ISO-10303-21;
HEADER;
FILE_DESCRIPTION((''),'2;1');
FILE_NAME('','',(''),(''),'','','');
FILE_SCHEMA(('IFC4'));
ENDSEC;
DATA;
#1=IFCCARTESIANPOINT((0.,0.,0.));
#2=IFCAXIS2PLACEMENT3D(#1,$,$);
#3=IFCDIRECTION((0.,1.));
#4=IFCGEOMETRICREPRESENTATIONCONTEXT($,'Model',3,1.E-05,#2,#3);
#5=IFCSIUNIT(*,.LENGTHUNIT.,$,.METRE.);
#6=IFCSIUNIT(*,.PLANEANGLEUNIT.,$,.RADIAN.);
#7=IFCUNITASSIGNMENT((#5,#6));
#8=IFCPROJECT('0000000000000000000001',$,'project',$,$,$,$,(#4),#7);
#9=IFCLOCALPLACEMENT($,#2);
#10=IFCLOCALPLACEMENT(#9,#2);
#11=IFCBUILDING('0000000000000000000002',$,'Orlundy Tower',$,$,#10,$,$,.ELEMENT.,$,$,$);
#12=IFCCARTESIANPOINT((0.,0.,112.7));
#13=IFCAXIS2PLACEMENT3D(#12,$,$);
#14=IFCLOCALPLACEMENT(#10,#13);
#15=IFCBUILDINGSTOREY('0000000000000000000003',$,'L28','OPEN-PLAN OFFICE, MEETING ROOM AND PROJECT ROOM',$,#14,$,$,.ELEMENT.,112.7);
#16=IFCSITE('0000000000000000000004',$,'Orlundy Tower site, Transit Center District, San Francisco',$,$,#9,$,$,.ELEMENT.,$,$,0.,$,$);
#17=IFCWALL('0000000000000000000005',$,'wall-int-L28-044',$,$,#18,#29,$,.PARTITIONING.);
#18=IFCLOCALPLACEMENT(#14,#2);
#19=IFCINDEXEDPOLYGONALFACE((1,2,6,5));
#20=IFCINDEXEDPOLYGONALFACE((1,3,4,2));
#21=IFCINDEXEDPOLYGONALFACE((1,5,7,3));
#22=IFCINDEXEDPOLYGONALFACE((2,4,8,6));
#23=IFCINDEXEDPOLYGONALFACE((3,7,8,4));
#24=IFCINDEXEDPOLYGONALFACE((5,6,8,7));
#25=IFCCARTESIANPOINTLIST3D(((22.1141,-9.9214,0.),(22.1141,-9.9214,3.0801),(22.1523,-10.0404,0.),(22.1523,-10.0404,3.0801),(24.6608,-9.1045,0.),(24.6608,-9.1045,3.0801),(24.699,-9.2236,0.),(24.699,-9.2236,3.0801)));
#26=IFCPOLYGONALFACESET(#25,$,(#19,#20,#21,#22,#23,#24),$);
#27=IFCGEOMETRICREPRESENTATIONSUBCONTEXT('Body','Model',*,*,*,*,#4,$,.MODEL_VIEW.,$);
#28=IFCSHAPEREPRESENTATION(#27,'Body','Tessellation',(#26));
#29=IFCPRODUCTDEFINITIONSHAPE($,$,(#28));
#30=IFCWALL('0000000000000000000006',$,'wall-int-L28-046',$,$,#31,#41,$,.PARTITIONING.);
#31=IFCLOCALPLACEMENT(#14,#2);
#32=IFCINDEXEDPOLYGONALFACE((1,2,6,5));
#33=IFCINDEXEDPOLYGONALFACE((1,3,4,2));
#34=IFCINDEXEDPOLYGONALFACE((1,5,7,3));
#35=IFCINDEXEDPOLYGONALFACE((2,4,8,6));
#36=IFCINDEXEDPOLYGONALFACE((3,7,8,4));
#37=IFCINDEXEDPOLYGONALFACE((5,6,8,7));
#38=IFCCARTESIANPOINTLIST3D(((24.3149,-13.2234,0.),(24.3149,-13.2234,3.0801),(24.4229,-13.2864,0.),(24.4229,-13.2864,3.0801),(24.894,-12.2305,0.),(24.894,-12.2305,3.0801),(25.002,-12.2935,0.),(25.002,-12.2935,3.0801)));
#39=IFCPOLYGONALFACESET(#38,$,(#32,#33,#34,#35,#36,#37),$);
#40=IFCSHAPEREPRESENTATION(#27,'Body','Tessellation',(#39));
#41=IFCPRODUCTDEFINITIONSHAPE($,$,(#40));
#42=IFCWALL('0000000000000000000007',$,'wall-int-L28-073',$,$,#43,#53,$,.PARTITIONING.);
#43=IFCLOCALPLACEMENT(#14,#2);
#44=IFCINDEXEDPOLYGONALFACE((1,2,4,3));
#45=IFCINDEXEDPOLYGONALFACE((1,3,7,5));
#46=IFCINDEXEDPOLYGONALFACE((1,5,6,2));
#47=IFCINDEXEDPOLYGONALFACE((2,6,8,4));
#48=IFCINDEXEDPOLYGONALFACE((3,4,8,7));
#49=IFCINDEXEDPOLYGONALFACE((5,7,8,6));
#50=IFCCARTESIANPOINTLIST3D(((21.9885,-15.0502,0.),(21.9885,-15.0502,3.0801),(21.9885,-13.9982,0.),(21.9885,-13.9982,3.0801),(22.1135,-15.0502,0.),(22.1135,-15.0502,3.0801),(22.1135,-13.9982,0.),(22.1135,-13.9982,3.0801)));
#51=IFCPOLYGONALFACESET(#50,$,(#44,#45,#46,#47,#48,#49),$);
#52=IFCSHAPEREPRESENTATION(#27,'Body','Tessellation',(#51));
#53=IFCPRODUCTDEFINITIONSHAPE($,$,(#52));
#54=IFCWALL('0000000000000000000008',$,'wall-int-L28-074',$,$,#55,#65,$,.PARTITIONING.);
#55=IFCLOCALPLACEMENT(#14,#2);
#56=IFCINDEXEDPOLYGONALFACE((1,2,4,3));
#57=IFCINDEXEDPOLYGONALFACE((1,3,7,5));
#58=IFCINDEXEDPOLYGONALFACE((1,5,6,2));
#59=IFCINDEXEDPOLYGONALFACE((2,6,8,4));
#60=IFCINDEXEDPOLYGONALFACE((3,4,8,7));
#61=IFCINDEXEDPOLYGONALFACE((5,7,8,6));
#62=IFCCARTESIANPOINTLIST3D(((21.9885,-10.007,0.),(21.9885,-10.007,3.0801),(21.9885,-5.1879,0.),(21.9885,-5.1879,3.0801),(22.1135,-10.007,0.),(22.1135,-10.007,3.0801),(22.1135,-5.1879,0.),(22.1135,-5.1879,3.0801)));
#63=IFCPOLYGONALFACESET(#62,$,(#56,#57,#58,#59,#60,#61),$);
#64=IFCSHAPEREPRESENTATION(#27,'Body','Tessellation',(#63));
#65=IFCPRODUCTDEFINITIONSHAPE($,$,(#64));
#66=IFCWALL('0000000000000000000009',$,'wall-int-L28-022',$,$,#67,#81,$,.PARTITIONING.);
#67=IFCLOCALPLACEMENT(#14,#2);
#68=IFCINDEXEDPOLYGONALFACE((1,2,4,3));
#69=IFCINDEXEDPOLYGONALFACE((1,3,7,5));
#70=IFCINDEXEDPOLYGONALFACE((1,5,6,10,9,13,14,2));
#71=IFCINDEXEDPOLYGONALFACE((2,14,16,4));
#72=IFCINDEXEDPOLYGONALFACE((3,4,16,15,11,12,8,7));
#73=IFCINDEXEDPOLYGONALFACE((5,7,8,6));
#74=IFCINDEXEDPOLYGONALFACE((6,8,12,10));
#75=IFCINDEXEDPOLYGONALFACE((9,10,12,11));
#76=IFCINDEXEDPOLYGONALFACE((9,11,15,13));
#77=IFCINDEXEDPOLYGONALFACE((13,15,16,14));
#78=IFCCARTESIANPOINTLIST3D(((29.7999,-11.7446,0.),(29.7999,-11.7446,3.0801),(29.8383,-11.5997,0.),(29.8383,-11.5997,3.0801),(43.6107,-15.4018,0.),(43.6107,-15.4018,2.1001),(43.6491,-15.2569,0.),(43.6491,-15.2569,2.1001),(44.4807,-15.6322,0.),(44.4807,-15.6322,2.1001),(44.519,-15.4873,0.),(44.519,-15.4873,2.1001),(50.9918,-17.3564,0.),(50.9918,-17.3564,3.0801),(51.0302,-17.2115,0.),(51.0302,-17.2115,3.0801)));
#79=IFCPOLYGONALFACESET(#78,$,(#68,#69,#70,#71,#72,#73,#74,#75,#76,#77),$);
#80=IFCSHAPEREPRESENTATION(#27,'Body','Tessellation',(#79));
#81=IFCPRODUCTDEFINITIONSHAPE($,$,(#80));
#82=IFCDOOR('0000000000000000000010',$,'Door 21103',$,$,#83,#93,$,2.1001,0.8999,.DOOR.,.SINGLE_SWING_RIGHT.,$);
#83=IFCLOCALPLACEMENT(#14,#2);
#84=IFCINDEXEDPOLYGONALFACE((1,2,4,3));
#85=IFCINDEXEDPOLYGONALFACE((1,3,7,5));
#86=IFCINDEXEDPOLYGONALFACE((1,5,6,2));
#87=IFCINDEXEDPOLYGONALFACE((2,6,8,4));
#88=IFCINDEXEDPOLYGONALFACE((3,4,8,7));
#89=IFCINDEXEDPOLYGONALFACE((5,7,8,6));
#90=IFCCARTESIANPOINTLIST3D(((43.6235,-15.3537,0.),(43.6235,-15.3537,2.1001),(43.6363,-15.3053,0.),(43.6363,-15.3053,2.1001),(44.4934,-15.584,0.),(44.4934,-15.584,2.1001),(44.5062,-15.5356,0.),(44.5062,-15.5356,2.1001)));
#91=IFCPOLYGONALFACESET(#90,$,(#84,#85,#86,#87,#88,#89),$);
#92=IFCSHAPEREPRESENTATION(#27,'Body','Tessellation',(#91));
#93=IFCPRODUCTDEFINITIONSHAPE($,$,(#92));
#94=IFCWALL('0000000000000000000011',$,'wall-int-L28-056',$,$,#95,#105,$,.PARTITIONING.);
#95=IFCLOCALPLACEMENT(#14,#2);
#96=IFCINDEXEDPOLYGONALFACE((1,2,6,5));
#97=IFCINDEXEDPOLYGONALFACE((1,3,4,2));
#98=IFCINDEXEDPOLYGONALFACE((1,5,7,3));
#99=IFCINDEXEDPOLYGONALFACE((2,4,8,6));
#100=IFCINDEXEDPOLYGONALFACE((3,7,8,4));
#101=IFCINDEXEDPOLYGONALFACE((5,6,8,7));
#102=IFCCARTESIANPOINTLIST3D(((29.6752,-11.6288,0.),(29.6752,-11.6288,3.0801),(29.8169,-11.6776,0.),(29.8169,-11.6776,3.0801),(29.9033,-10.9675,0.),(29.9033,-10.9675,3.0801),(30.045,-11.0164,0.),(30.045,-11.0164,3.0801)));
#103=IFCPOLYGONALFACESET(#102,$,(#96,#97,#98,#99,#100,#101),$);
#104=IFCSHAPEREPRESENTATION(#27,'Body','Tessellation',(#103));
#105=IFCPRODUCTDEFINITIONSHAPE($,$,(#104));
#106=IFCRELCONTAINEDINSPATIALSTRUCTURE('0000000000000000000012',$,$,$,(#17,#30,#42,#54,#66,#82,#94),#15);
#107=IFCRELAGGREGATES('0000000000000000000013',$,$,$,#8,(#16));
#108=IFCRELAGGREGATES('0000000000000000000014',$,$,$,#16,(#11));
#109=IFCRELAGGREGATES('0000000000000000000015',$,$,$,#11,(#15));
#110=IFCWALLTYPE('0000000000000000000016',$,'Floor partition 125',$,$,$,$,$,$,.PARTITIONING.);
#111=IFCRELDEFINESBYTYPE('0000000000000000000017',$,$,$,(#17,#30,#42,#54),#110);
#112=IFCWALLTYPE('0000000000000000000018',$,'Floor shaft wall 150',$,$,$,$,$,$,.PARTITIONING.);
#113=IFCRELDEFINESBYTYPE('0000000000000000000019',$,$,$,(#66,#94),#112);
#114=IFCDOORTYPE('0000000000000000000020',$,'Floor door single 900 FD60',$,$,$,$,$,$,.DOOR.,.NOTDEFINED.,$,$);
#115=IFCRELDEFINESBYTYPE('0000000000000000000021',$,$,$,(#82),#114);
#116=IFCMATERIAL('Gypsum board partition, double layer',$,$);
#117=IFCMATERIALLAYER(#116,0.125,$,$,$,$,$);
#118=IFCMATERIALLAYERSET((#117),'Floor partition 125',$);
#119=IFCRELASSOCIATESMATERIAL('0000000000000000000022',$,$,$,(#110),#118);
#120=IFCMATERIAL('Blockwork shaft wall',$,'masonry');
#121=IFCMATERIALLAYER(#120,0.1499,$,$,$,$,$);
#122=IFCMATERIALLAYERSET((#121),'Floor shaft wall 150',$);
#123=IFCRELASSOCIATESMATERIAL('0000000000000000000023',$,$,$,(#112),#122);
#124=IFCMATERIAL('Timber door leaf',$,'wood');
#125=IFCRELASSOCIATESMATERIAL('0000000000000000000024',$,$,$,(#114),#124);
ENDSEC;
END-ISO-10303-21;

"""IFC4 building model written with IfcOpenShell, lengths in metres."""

from ifc_helpers import new_model, si_unit, direction, frame, frame_2d, origin, place, context, subcontext, project, spatial, rectangle, extrude, material, layer, layer_set, type_object, element, fill, save


model = new_model("IFC4")

# Units and contexts
model_context = context("Model", 3, precision=1e-05, world=origin(), true_north=direction((0.0, 1.0)))
body_context = subcontext(model_context, "Body", "Model", "MODEL_VIEW")
ifc_project = project(units=[si_unit("LENGTHUNIT", "METRE"), si_unit("PLANEANGLEUNIT", "RADIAN")], contexts=[model_context])

# Site, building, storey
site_placement = place(None, origin())
site = spatial("IfcSite", under=ifc_project, at=site_placement, Name="Orlundy Tower site, Transit Center District, San Francisco", CompositionType="ELEMENT", RefElevation=0.0)
building_placement = place(site_placement, origin())
building = spatial("IfcBuilding", under=site, at=building_placement, Name="Orlundy Tower", CompositionType="ELEMENT")
storey_placement = place(building_placement, frame((0.0, 0.0, 112.7)))
storey = spatial("IfcBuildingStorey", under=building, at=storey_placement, Name="L28", Description="OPEN-PLAN OFFICE, MEETING ROOM AND PROJECT ROOM", CompositionType="ELEMENT", Elevation=112.7)

# Shared definitions
ifc_material_1 = material(Name="Gypsum board partition, double layer")
ifc_layer_1 = layer(ifc_material_1, 0.125)
ifc_layer_set_1 = layer_set([ifc_layer_1], Name="Floor partition 125")
wall_type_1 = type_object("IfcWallType", Name="Floor partition 125", PredefinedType="PARTITIONING", material=ifc_layer_set_1)

# Walls
wall_1_placement = place(storey_placement, frame((22.1331, -9.981, 0.0), z_axis=(0.0, 0.0, 1.0), x_axis=(0.952218, 0.305418, 0.0)))
element("IfcWall", 1, at=wall_1_placement, inside=storey, type_object=wall_type_1, Name="wall-int-L28-044", PredefinedType="PARTITIONING", context=body_context, shape_type="SweptSolid", body=[
    extrude(rectangle(XDim=2.6746, YDim=0.125, at=frame_2d((1.3374, 0.0))), origin(), (0.0, 0.0, 1.0), 3.0801),
])
wall_2_placement = place(storey_placement, frame((24.3689, -13.2549, 0.0), z_axis=(0.0, 0.0, 1.0), x_axis=(0.503805, 0.863817, 0.0)))
element("IfcWall", 2, at=wall_2_placement, inside=storey, type_object=wall_type_1, Name="wall-int-L28-046", PredefinedType="PARTITIONING", context=body_context, shape_type="SweptSolid", body=[
    extrude(rectangle(XDim=1.1494, YDim=0.125, at=frame_2d((0.5747, 0.0))), origin(), (0.0, 0.0, 1.0), 3.0801),
])
wall_3_placement = place(storey_placement, frame((22.051, -15.05, 0.0), z_axis=(0.0, 0.0, 1.0), x_axis=(0.0, 1.0, 0.0)))
element("IfcWall", 3, at=wall_3_placement, inside=storey, type_object=wall_type_1, Name="wall-int-L28-073", PredefinedType="PARTITIONING", context=body_context, shape_type="SweptSolid", body=[
    extrude(rectangle(XDim=1.052, YDim=0.125, at=frame_2d((0.5259, 0.0))), origin(), (0.0, 0.0, 1.0), 3.0801),
])
wall_4_placement = place(storey_placement, frame((22.051, -10.0071, 0.0), z_axis=(0.0, 0.0, 1.0), x_axis=(0.0, 1.0, 0.0)))
element("IfcWall", 4, at=wall_4_placement, inside=storey, type_object=wall_type_1, Name="wall-int-L28-074", PredefinedType="PARTITIONING", context=body_context, shape_type="SweptSolid", body=[
    extrude(rectangle(XDim=4.8191, YDim=0.125, at=frame_2d((2.4097, 0.0))), origin(), (0.0, 0.0, 1.0), 3.0801),
])

# Wall, opening, door
ifc_material_2 = material(Name="Blockwork shaft wall", Category="masonry")
ifc_layer_2 = layer(ifc_material_2, 0.1499)
ifc_layer_set_2 = layer_set([ifc_layer_2], Name="Floor shaft wall 150")
wall_type_2 = type_object("IfcWallType", Name="Floor shaft wall 150", PredefinedType="PARTITIONING", material=ifc_layer_set_2)
wall_5_placement = place(storey_placement, frame((29.8191, -11.6721, 0.0), z_axis=(0.0, 0.0, 1.0), x_axis=(0.96668, -0.255986, 0.0)))
wall_5 = element("IfcWall", 5, at=wall_5_placement, inside=storey, type_object=wall_type_2, Name="wall-int-L28-022", PredefinedType="PARTITIONING", context=body_context, shape_type="SweptSolid", body=[
    extrude(rectangle(XDim=21.9224, YDim=0.1499, at=frame_2d((10.9612, 0.0))), origin(), (0.0, 0.0, 1.0), 3.0801),
])
opening_1_placement = place(wall_5_placement, frame((14.2869, 0.0, 0.0)))
opening_1 = element("IfcOpeningElement", 6, at=opening_1_placement, cuts=wall_5, PredefinedType="OPENING", context=body_context, shape_type="SweptSolid", body=[
    extrude(rectangle(XDim=0.8999, YDim=2.1001, at=frame_2d((0.45, 1.05))), frame((0.0, 0.085, 0.0), z_axis=(0.0, -1.0, 0.0), x_axis=(1.0, 0.0, 0.0)), (0.0, 0.0, 1.0), 0.1699),
])
ifc_material_3 = material(Name="Timber door leaf", Category="wood")
door_type_1 = type_object("IfcDoorType", Name="Floor door single 900 FD60", OperationType="NOTDEFINED", PredefinedType="DOOR", material=ifc_material_3)
door_1_placement = place(opening_1_placement, origin())
door_1 = element("IfcDoor", 7, at=door_1_placement, inside=storey, type_object=door_type_1, Name="Door 21103", OperationType="SINGLE_SWING_RIGHT", OverallHeight=2.1001, OverallWidth=0.8999, PredefinedType="DOOR", context=body_context, shape_type="SweptSolid", body=[
    extrude(rectangle(XDim=0.8999, YDim=2.1001, at=frame_2d((0.45, 1.05))), frame((0.0, 0.0249, 0.0), z_axis=(0.0, -1.0, 0.0), x_axis=(1.0, 0.0, 0.0)), (0.0, 0.0, 1.0), 0.05),
])
fill(opening_1, door_1)

# Wall
wall_6_placement = place(storey_placement, frame((29.7461, -11.6531, 0.0), z_axis=(0.0, 0.0, 1.0), x_axis=(0.326055, 0.945351, 0.0)))
element("IfcWall", 8, at=wall_6_placement, inside=storey, type_object=wall_type_2, Name="wall-int-L28-056", PredefinedType="PARTITIONING", context=body_context, shape_type="SweptSolid", body=[
    extrude(rectangle(XDim=0.6995, YDim=0.1499, at=frame_2d((0.3496, 0.0))), origin(), (0.0, 0.0, 1.0), 3.0801),
])

save(model, "model.ifc")
